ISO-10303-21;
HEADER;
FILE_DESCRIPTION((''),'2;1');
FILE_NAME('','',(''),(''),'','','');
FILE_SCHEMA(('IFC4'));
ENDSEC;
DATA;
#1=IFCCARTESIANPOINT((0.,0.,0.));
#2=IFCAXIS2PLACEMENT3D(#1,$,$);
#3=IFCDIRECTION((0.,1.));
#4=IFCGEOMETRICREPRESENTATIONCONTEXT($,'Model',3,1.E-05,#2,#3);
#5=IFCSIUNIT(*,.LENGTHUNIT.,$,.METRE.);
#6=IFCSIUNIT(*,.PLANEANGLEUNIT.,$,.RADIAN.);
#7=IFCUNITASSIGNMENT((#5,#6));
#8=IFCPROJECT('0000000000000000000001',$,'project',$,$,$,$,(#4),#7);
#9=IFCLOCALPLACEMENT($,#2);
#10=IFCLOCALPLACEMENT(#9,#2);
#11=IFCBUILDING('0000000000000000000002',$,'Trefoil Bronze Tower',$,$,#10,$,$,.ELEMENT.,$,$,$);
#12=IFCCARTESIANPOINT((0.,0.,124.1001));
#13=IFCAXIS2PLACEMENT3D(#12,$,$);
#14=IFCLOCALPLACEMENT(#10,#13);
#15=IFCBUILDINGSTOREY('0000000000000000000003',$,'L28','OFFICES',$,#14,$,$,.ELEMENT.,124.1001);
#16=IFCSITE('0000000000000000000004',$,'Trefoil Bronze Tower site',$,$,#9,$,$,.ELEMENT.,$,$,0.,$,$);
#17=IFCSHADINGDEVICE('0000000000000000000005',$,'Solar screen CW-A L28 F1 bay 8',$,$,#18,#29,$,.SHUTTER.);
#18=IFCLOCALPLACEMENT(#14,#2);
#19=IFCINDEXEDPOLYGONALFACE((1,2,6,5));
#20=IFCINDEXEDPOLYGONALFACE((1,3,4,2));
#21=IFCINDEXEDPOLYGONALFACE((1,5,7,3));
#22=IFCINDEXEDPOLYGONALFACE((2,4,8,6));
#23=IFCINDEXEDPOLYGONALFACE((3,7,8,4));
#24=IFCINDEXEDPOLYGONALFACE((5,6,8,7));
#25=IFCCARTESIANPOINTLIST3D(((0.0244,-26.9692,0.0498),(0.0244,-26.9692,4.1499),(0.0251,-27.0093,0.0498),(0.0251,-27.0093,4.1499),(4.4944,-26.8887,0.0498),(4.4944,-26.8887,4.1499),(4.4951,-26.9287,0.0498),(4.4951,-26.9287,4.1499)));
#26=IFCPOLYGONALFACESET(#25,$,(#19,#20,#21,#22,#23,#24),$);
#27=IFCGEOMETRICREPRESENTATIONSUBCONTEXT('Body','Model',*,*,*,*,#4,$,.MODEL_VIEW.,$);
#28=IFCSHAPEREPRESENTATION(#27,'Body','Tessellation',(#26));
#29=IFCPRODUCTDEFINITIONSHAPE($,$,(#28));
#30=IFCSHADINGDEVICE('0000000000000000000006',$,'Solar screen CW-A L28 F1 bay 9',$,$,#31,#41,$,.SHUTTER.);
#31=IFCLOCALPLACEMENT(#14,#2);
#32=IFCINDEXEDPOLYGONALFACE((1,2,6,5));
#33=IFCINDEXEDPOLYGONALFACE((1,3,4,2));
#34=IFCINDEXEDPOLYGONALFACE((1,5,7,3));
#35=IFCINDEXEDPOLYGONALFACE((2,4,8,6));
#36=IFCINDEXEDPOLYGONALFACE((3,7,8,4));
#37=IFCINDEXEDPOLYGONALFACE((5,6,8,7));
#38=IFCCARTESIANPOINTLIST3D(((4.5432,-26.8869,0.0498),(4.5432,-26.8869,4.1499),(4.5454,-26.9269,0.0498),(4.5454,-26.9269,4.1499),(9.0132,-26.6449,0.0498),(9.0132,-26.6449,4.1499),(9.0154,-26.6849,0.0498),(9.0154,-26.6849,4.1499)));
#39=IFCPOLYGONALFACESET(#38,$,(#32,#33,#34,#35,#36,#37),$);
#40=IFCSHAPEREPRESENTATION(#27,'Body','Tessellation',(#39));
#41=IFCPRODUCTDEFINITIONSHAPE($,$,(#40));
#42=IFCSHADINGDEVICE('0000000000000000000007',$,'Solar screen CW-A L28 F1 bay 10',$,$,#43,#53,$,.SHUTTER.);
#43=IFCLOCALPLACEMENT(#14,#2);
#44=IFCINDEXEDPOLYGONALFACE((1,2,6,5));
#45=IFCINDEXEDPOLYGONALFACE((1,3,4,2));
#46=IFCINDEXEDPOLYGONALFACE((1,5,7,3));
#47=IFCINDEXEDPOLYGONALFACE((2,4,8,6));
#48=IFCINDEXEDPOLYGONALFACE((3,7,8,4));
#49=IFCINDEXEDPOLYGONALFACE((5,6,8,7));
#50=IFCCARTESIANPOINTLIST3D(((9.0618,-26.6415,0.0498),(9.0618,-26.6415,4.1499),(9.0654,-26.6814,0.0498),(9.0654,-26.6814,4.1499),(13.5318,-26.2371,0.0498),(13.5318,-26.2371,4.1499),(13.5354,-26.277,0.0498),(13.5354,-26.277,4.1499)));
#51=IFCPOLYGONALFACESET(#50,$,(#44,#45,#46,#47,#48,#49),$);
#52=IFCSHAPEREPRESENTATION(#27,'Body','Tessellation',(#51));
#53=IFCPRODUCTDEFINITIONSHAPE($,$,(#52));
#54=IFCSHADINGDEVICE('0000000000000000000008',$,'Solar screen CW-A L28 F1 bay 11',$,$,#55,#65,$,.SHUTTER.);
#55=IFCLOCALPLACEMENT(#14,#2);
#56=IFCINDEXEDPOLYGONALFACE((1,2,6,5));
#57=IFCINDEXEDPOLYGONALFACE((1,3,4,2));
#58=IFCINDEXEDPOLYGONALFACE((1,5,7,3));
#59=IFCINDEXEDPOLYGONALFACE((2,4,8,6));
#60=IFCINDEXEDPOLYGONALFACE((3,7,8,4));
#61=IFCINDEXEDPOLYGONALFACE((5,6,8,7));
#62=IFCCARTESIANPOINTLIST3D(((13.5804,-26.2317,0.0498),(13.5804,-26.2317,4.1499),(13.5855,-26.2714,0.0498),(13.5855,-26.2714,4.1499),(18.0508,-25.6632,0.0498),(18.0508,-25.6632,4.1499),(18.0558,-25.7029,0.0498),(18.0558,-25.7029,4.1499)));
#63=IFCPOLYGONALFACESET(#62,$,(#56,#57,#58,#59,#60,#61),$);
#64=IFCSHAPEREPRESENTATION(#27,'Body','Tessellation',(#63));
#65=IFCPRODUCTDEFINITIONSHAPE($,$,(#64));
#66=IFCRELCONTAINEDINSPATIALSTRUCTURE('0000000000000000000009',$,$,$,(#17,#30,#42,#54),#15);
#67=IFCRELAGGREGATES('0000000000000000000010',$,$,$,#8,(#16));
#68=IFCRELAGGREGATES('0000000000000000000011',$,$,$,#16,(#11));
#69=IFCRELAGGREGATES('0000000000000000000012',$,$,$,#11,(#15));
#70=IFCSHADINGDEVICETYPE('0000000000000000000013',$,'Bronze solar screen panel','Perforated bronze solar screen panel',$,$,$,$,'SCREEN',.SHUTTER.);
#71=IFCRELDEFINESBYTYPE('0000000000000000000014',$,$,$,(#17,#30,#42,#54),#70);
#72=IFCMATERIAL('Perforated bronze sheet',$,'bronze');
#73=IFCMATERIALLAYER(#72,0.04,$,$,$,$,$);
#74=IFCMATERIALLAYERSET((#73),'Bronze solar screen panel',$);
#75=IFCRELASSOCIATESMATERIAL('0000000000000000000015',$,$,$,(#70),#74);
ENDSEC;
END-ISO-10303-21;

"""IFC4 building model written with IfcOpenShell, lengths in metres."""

from ifc_helpers import new_model, si_unit, direction, frame, origin, origin_2d, place, context, subcontext, project, spatial, rectangle, extrude, material, layer, layer_set, type_object, element, save


model = new_model("IFC4")

# Units and contexts
model_context = context("Model", 3, precision=1e-05, world=origin(), true_north=direction((0.0, 1.0)))
body_context = subcontext(model_context, "Body", "Model", "MODEL_VIEW")
ifc_project = project(units=[si_unit("LENGTHUNIT", "METRE"), si_unit("PLANEANGLEUNIT", "RADIAN")], contexts=[model_context])

# Site, building, storey
site_placement = place(None, origin())
site = spatial("IfcSite", under=ifc_project, at=site_placement, Name="Trefoil Bronze Tower site", CompositionType="ELEMENT", RefElevation=0.0)
building_placement = place(site_placement, origin())
building = spatial("IfcBuilding", under=site, at=building_placement, Name="Trefoil Bronze Tower", CompositionType="ELEMENT")
storey_placement = place(building_placement, frame((0.0, 0.0, 124.1001)))
storey = spatial("IfcBuildingStorey", under=building, at=storey_placement, Name="L28", Description="OFFICES", CompositionType="ELEMENT", Elevation=124.1001)

# Shading devices
ifc_material_1 = material(Name="Perforated bronze sheet", Category="bronze")
ifc_layer_1 = layer(ifc_material_1, 0.04)
ifc_layer_set_1 = layer_set([ifc_layer_1], Name="Bronze solar screen panel")
shading_device_type = type_object("IfcShadingDeviceType", Name="Bronze solar screen panel", Description="Perforated bronze solar screen panel", ElementType="SCREEN", PredefinedType="SHUTTER", material=ifc_layer_set_1)
shading_device_1_placement = place(storey_placement, frame((2.2598, -26.949, 0.0498), z_axis=(0.0, 0.0, 1.0), x_axis=(0.999838, 0.018021, 0.0)))
element("IfcShadingDevice", 1, at=shading_device_1_placement, inside=storey, type_object=shading_device_type, Name="Solar screen CW-A L28 F1 bay 8", PredefinedType="SHUTTER", context=body_context, shape_type="SweptSolid", body=[
    extrude(rectangle(XDim=4.4707, YDim=0.04, at=origin_2d()), origin(), (0.0, 0.0, 1.0), 4.1001),
])
shading_device_2_placement = place(storey_placement, frame((6.7793, -26.7859, 0.0498), z_axis=(0.0, 0.0, 1.0), x_axis=(0.998538, 0.054063, 0.0)))
element("IfcShadingDevice", 2, at=shading_device_2_placement, inside=storey, type_object=shading_device_type, Name="Solar screen CW-A L28 F1 bay 9", PredefinedType="SHUTTER", context=body_context, shape_type="SweptSolid", body=[
    extrude(rectangle(XDim=4.4766, YDim=0.04, at=origin_2d()), origin(), (0.0, 0.0, 1.0), 4.1001),
])
shading_device_3_placement = place(storey_placement, frame((11.2986, -26.4592, 0.0498), z_axis=(0.0, 0.0, 1.0), x_axis=(0.995932, 0.090105, 0.0)))
element("IfcShadingDevice", 3, at=shading_device_3_placement, inside=storey, type_object=shading_device_type, Name="Solar screen CW-A L28 F1 bay 10", PredefinedType="SHUTTER", context=body_context, shape_type="SweptSolid", body=[
    extrude(rectangle(XDim=4.4883, YDim=0.04, at=origin_2d()), origin(), (0.0, 0.0, 1.0), 4.1001),
])
shading_device_4_placement = place(storey_placement, frame((15.8181, -25.9673, 0.0498), z_axis=(0.0, 0.0, 1.0), x_axis=(0.992012, 0.126147, 0.0)))
element("IfcShadingDevice", 4, at=shading_device_4_placement, inside=storey, type_object=shading_device_type, Name="Solar screen CW-A L28 F1 bay 11", PredefinedType="SHUTTER", context=body_context, shape_type="SweptSolid", body=[
    extrude(rectangle(XDim=4.5063, YDim=0.04, at=origin_2d()), origin(), (0.0, 0.0, 1.0), 4.1001),
])

save(model, "model.ifc")
